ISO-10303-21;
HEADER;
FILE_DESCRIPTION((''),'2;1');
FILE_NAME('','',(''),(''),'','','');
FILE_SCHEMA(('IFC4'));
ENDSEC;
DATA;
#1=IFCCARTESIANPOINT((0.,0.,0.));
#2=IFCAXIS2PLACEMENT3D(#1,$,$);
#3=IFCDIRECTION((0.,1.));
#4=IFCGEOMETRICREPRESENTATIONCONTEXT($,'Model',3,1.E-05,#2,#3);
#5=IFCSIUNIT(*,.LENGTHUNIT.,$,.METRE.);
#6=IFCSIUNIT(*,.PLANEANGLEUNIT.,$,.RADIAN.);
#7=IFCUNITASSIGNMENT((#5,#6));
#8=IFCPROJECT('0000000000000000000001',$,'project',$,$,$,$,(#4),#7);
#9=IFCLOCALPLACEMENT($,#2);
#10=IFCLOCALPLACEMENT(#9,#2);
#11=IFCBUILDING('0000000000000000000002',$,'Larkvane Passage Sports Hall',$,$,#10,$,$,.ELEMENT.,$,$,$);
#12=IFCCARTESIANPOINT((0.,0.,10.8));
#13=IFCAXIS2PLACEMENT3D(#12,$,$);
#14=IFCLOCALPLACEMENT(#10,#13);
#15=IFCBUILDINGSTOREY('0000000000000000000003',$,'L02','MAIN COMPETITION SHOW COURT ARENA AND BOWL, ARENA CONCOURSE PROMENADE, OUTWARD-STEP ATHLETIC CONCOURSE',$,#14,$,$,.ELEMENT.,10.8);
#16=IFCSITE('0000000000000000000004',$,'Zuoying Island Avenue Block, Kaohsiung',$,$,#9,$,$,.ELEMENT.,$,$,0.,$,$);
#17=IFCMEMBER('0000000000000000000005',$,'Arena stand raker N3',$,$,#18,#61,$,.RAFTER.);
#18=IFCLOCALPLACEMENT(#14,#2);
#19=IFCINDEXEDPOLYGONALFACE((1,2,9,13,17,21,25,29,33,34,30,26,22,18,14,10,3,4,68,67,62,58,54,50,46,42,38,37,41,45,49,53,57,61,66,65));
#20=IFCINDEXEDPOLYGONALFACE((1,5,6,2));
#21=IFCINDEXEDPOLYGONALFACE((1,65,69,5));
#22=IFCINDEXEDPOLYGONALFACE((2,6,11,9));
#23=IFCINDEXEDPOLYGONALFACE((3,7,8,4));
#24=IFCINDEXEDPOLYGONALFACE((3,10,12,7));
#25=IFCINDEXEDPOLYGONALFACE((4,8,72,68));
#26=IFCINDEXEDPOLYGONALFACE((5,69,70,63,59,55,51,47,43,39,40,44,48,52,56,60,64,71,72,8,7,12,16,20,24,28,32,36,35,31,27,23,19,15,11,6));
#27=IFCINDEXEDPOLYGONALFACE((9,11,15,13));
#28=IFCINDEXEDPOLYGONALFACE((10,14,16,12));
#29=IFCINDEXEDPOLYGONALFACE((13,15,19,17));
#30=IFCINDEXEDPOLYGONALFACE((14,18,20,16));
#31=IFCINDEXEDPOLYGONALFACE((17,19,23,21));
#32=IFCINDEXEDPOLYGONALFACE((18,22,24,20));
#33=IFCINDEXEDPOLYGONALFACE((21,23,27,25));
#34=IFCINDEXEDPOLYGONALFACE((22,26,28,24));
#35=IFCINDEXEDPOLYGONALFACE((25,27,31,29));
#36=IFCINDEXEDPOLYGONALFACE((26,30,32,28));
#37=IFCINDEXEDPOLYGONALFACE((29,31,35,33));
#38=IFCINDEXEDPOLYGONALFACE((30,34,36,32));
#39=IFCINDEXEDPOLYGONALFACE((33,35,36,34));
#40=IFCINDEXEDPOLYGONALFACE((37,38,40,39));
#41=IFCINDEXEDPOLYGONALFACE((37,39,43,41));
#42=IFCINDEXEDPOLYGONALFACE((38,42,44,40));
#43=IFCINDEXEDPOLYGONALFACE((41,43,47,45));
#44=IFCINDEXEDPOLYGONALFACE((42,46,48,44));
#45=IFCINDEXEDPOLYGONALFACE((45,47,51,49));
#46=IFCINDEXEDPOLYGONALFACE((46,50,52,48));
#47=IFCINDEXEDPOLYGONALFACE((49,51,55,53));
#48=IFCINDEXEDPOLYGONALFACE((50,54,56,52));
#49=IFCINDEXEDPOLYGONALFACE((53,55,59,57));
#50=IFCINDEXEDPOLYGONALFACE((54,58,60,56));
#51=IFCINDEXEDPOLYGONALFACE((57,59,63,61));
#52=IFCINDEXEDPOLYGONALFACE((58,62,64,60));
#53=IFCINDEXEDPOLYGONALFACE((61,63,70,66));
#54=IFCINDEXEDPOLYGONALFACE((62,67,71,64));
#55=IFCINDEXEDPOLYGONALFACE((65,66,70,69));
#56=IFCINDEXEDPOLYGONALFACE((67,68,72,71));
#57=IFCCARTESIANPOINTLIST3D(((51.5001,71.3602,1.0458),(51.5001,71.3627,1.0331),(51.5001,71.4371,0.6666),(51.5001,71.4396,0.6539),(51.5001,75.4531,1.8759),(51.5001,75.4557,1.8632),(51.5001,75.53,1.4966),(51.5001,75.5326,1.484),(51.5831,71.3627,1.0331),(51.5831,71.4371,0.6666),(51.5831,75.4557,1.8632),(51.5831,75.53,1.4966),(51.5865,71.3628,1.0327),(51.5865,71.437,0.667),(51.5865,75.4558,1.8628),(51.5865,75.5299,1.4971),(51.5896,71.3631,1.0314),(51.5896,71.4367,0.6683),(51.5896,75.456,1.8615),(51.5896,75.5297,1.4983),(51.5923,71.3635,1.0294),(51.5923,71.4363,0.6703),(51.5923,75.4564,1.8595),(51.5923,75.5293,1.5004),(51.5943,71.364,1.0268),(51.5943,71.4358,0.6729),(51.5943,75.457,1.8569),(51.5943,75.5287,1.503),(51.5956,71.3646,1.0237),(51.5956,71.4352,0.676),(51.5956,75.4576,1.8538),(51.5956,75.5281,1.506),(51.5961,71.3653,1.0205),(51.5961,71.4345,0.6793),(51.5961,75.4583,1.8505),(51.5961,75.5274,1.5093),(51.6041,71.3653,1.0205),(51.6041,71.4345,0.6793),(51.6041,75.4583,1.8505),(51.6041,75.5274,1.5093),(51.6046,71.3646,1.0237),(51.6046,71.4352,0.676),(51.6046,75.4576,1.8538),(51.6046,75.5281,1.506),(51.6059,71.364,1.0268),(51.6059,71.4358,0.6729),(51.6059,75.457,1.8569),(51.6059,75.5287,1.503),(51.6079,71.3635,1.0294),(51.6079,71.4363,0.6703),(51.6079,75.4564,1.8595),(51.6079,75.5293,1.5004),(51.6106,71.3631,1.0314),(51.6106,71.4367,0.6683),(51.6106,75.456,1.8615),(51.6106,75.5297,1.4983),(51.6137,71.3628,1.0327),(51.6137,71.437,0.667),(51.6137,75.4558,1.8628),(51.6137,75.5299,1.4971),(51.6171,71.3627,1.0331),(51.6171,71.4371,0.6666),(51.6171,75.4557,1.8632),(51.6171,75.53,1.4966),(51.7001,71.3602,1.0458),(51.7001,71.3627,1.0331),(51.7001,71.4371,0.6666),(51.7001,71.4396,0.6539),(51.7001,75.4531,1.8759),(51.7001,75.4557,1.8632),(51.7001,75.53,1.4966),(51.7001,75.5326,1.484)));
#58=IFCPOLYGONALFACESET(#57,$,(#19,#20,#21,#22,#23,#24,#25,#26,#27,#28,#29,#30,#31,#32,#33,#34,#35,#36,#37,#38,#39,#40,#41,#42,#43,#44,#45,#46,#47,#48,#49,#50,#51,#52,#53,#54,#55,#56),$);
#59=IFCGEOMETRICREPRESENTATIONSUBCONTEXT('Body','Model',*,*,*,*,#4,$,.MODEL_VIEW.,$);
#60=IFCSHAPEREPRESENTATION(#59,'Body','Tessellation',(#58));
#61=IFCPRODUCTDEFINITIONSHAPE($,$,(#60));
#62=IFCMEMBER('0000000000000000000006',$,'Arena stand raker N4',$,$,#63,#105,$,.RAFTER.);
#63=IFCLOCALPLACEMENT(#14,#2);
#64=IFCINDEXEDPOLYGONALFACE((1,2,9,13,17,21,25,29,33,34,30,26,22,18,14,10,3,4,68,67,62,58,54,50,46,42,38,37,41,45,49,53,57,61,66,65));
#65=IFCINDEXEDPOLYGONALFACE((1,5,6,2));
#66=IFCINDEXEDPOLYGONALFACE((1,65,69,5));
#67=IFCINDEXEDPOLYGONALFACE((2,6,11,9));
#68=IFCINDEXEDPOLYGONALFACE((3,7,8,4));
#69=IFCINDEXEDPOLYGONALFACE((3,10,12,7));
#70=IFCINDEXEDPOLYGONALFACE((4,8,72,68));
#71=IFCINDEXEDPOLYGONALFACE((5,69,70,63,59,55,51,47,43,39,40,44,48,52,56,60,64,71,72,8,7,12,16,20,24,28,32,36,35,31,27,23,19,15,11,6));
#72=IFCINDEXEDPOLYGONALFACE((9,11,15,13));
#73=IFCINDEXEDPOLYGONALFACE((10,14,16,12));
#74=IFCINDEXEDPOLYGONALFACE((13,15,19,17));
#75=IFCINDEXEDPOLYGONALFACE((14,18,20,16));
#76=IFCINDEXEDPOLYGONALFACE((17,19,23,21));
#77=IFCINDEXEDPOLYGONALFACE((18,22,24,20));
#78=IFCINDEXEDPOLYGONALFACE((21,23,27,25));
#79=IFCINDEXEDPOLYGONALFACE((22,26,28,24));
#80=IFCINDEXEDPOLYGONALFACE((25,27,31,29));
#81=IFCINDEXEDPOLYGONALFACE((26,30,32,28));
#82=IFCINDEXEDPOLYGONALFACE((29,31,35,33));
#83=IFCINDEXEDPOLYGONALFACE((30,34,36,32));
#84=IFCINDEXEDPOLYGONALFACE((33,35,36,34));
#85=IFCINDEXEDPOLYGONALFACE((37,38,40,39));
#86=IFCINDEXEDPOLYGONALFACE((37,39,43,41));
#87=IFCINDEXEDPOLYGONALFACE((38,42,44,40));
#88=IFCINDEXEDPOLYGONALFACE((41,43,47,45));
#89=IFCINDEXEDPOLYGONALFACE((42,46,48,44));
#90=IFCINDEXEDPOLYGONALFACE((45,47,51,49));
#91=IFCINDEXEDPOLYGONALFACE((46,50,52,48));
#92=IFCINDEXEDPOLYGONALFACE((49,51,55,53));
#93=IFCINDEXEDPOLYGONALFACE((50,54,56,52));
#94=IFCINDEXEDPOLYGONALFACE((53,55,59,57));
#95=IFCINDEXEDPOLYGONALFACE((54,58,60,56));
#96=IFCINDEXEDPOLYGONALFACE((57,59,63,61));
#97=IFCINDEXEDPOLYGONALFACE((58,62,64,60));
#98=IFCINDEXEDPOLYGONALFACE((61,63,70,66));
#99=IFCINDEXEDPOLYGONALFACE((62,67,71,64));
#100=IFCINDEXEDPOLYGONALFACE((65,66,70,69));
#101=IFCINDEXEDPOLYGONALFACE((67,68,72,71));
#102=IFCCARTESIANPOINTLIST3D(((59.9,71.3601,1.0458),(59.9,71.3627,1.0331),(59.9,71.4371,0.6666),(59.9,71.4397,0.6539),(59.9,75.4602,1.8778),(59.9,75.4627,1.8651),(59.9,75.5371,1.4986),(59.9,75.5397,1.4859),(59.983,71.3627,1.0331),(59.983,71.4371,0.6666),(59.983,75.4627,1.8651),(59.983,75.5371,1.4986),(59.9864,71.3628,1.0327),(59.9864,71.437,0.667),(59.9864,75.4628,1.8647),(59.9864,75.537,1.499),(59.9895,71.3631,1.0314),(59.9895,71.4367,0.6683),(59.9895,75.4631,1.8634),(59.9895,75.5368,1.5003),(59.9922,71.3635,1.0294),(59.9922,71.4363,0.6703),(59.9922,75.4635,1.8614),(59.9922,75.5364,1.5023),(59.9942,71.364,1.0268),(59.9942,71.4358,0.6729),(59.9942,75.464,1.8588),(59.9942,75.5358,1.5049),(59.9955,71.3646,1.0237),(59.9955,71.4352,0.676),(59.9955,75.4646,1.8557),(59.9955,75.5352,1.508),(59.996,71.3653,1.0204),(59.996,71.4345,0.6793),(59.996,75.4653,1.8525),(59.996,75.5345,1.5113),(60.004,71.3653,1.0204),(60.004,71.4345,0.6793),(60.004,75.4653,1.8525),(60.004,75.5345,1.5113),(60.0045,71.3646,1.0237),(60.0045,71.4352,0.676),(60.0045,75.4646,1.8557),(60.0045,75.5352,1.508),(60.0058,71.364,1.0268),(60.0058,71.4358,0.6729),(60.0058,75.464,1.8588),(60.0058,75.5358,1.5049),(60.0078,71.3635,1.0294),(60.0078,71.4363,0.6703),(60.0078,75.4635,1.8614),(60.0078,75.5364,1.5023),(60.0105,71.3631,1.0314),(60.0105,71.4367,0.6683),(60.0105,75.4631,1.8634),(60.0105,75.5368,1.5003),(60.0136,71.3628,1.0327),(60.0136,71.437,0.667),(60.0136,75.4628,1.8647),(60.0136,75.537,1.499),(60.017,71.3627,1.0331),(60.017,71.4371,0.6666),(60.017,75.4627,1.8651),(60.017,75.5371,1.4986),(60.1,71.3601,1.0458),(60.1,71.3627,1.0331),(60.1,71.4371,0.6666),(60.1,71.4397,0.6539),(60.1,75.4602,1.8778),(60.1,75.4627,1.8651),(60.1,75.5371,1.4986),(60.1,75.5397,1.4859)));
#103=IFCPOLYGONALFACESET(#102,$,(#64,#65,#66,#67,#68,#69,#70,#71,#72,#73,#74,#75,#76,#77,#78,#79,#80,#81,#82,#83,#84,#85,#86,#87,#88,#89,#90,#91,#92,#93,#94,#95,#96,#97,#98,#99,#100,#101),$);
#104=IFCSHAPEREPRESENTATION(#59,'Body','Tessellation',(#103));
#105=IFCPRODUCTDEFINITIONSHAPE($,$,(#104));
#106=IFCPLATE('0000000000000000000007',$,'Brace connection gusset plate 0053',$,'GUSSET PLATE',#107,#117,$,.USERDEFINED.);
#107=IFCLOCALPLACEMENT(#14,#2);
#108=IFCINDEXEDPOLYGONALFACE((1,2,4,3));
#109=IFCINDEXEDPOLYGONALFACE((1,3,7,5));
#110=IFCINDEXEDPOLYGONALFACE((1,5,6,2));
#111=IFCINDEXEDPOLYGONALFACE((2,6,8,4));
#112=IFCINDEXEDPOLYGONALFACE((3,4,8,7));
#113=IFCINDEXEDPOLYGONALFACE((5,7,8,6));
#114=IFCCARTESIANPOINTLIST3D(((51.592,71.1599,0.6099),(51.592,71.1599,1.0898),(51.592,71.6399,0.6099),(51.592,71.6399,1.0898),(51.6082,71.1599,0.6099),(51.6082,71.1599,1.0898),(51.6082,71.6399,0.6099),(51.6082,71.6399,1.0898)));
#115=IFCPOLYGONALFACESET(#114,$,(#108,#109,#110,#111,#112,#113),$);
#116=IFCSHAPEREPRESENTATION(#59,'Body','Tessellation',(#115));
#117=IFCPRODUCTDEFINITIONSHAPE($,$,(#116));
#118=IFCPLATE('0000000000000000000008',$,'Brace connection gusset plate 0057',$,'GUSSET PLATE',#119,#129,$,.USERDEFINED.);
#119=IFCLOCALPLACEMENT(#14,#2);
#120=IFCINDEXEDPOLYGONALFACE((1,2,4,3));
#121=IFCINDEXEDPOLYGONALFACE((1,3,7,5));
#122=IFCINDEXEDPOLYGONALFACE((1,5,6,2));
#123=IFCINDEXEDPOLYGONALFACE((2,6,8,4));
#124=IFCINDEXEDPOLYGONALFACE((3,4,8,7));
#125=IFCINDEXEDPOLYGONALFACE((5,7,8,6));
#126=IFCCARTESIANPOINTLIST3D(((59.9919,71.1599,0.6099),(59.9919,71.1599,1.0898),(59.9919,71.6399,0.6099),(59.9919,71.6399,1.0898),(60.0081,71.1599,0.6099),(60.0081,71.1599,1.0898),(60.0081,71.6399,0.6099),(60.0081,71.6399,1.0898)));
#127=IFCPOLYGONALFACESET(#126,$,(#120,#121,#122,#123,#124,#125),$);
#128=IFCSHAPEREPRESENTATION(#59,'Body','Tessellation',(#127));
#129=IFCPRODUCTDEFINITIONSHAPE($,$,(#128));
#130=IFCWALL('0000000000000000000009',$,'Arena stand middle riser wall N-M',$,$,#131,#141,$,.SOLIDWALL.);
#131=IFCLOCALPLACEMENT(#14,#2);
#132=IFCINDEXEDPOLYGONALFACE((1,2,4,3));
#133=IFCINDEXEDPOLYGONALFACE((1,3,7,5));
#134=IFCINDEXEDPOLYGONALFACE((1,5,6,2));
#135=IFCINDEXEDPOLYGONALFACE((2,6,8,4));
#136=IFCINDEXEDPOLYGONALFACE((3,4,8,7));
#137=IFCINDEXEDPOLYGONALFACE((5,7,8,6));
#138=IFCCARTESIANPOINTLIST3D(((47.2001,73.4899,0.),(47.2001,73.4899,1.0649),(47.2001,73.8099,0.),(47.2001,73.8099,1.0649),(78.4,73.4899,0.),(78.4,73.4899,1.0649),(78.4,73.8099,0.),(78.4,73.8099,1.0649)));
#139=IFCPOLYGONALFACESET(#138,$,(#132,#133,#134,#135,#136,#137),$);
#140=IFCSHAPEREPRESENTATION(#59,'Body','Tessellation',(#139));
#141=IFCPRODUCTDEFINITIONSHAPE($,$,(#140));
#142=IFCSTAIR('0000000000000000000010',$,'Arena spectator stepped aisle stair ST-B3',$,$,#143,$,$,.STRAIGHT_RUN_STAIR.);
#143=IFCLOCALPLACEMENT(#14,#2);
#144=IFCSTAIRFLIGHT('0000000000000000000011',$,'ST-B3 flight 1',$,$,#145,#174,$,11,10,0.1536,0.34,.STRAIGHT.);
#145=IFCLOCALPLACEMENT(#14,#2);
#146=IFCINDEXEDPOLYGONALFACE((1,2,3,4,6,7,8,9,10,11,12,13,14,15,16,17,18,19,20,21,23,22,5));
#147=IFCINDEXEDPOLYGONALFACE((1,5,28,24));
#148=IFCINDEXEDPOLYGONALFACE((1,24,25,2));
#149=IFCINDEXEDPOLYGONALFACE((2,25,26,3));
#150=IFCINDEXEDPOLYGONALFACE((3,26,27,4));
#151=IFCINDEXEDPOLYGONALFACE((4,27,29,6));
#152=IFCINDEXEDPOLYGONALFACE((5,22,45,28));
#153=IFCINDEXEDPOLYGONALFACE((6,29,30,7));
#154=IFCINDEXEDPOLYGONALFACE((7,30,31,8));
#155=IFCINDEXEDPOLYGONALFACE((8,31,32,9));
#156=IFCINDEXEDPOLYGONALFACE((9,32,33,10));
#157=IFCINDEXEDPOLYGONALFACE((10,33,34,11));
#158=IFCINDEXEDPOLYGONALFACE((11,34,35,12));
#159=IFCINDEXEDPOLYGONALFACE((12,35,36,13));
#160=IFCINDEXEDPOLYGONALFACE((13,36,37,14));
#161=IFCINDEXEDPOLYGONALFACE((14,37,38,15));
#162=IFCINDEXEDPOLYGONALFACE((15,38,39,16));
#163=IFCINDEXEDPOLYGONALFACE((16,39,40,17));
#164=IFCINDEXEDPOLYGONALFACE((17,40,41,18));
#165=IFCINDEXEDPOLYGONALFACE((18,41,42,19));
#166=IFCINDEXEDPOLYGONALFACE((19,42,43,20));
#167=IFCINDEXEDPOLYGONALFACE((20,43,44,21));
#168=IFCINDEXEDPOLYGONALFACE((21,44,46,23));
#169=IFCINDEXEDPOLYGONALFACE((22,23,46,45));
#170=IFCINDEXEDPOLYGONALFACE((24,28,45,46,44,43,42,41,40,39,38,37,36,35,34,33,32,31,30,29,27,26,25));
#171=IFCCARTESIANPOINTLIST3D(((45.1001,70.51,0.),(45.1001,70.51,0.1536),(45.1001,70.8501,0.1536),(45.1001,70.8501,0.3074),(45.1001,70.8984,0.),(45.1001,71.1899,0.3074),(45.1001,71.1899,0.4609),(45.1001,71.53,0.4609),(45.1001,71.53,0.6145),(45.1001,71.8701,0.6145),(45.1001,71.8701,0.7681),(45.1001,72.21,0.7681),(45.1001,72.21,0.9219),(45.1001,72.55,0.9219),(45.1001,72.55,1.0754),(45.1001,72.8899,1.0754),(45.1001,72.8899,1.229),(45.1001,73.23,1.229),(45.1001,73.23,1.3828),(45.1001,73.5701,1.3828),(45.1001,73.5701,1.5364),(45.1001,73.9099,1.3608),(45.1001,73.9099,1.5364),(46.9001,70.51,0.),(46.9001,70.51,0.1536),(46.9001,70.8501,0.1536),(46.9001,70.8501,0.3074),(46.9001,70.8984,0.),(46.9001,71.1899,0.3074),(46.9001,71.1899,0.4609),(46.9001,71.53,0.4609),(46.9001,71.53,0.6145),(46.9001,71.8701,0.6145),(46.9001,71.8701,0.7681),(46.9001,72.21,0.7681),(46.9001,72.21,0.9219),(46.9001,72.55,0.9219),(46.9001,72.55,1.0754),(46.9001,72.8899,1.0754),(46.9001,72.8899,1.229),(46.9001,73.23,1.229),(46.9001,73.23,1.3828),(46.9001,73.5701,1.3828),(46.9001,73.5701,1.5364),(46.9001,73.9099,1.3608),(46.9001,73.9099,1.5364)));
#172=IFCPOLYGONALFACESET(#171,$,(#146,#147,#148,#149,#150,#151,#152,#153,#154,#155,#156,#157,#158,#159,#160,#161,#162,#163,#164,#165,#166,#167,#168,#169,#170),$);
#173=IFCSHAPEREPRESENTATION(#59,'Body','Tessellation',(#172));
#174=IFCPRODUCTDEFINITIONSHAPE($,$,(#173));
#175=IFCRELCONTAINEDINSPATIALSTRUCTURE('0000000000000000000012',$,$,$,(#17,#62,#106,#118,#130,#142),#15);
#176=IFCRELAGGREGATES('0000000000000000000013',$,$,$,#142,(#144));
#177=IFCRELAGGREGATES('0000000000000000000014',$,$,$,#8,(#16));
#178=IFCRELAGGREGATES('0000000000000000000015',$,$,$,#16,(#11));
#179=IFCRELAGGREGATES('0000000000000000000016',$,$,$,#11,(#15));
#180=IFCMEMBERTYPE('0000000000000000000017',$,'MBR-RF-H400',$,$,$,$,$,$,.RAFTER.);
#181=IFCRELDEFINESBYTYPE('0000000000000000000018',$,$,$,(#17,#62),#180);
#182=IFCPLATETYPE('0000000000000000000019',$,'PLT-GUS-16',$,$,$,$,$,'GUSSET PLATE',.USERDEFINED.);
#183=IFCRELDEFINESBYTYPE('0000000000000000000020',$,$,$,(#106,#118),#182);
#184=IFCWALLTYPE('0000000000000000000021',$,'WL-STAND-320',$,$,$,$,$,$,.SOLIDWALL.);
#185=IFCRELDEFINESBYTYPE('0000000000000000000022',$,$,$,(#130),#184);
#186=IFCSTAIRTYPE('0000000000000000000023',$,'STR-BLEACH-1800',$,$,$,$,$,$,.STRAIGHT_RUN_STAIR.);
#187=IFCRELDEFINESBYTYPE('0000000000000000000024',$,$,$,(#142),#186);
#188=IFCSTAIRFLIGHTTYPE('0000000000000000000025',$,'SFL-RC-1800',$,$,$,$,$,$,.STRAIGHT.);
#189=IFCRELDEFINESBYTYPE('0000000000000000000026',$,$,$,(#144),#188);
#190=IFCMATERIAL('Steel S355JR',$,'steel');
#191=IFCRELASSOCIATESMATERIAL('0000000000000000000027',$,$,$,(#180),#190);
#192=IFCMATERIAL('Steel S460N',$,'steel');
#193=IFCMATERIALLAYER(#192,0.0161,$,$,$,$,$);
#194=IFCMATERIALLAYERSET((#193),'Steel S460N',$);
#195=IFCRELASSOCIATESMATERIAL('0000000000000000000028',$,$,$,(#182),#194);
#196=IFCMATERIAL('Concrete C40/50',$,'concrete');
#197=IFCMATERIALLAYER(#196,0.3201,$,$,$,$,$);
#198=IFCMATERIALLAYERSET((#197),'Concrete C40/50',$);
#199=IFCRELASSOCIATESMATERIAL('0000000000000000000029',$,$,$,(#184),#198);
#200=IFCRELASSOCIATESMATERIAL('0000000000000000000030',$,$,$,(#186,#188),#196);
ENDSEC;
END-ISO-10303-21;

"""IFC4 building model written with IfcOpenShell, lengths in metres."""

from ifc_helpers import new_model, si_unit, direction, frame, frame_2d, origin, origin_2d, place, context, subcontext, project, spatial, polyline, rectangle, i_section, outline, extrude, material, layer, layer_set, material_profile, profile_set, type_object, element, aggregate, save


model = new_model("IFC4")

# Units and contexts
model_context = context("Model", 3, precision=1e-05, world=origin(), true_north=direction((0.0, 1.0)))
body_context = subcontext(model_context, "Body", "Model", "MODEL_VIEW")
ifc_project = project(units=[si_unit("LENGTHUNIT", "METRE"), si_unit("PLANEANGLEUNIT", "RADIAN")], contexts=[model_context])

# Site, building, storey
site_placement = place(None, origin())
site = spatial("IfcSite", under=ifc_project, at=site_placement, Name="Zuoying Island Avenue Block, Kaohsiung", CompositionType="ELEMENT", RefElevation=0.0)
building_placement = place(site_placement, origin())
building = spatial("IfcBuilding", under=site, at=building_placement, Name="Larkvane Passage Sports Hall", CompositionType="ELEMENT")
storey_placement = place(building_placement, frame((0.0, 0.0, 10.8)))
storey = spatial("IfcBuildingStorey", under=building, at=storey_placement, Name="L02", Description="MAIN COMPETITION SHOW COURT ARENA AND BOWL, ARENA CONCOURSE PROMENADE, OUTWARD-STEP ATHLETIC CONCOURSE", CompositionType="ELEMENT", Elevation=10.8)

# Shared definitions
ifc_material_1 = material(Name="Steel S355JR", Category="steel")
ifc_material_2 = material(Name="Steel S460N", Category="steel")

# Members
ifc_material_profile_1 = material_profile(ifc_material_1, i_section(OverallWidth=0.2, OverallDepth=0.3999, WebThickness=0.0081, FlangeThickness=0.0129, FilletRadius=0.0129, at=origin_2d()), Name="H-400x200x8x13")
ifc_profile_set_1 = profile_set([ifc_material_profile_1], Name="Steel S355JR")
member_type = type_object("IfcMemberType", Name="MBR-RF-H400", PredefinedType="RAFTER", material=ifc_profile_set_1)
member_1_placement = place(storey_placement, frame((51.6001, 71.3999, 0.8499), z_axis=(0.0, 0.980049, 0.198757), x_axis=(-1.0, 0.0, 0.0)))
element("IfcMember", 1, at=member_1_placement, inside=storey, type_object=member_type, Name="Arena stand raker N3", PredefinedType="RAFTER", context=body_context, shape_type="SweptSolid", body=[
    extrude(i_section(OverallWidth=0.2, OverallDepth=0.3999, WebThickness=0.0081, FlangeThickness=0.0129, FilletRadius=0.0129, at=origin_2d()), origin(), (0.0, 0.0, 1.0), 4.1763),
])
member_2_placement = place(storey_placement, frame((60.0, 71.3999, 0.8499), z_axis=(0.0, 0.980025, 0.198876), x_axis=(-1.0, 0.0, 0.0)))
element("IfcMember", 2, at=member_2_placement, inside=storey, type_object=member_type, Name="Arena stand raker N4", PredefinedType="RAFTER", context=body_context, shape_type="SweptSolid", body=[
    extrude(i_section(OverallWidth=0.2, OverallDepth=0.3999, WebThickness=0.0081, FlangeThickness=0.0129, FilletRadius=0.0129, at=origin_2d()), origin(), (0.0, 0.0, 1.0), 4.1836),
])

# Plates
ifc_layer_1 = layer(ifc_material_2, 0.0161)
ifc_layer_set_1 = layer_set([ifc_layer_1], Name="Steel S460N")
plate_type = type_object("IfcPlateType", Name="PLT-GUS-16", ElementType="GUSSET PLATE", PredefinedType="USERDEFINED", material=ifc_layer_set_1)
for number, where, z_axis, x_axis, name in (
    (3, (51.6001, 71.3999, 0.6099), (0.0, 0.0, 1.0), (0.0, 1.0, 0.0), "Brace connection gusset plate 0053"),
    (4, (60.0, 71.3999, 0.6099), (0.0, 0.0, 1.0), (0.0, 1.0, 0.0), "Brace connection gusset plate 0057"),
):
    element("IfcPlate", number, at=place(storey_placement, frame(where, z_axis=z_axis, x_axis=x_axis)), inside=storey, type_object=plate_type, Name=name, ObjectType="GUSSET PLATE", PredefinedType="USERDEFINED", context=body_context, shape_type="SweptSolid", body=[
        extrude(rectangle(XDim=0.48, YDim=0.0161, at=origin_2d()), origin(), (0.0, 0.0, 1.0), 0.48),
    ])

# Wall
ifc_material_3 = material(Name="Concrete C40/50", Category="concrete")
ifc_layer_2 = layer(ifc_material_3, 0.3201)
ifc_layer_set_2 = layer_set([ifc_layer_2], Name="Concrete C40/50")
wall_type = type_object("IfcWallType", Name="WL-STAND-320", PredefinedType="SOLIDWALL", material=ifc_layer_set_2)
wall_placement = place(storey_placement, frame((47.2, 73.6499, 0.0), z_axis=(0.0, 0.0, 1.0), x_axis=(1.0, 0.0, 0.0)))
element("IfcWall", 5, at=wall_placement, inside=storey, type_object=wall_type, Name="Arena stand middle riser wall N-M", PredefinedType="SOLIDWALL", context=body_context, shape_type="SweptSolid", body=[
    extrude(rectangle(XDim=31.2, YDim=0.3201, at=frame_2d((15.6001, 0.0))), origin(), (0.0, 0.0, 1.0), 1.0649),
])

# Stair, stair flight
stair_type = type_object("IfcStairType", Name="STR-BLEACH-1800", PredefinedType="STRAIGHT_RUN_STAIR", material=ifc_material_3)
stair_placement = place(storey_placement, origin())
stair = element("IfcStair", 6, at=stair_placement, inside=storey, type_object=stair_type, Name="Arena spectator stepped aisle stair ST-B3", PredefinedType="STRAIGHT_RUN_STAIR")
stair_flight_type = type_object("IfcStairFlightType", Name="SFL-RC-1800", PredefinedType="STRAIGHT", material=ifc_material_3)
stair_flight_placement = place(storey_placement, frame((46.0, 70.51, 0.0), z_axis=(0.0, 0.0, 1.0), x_axis=(0.0, 1.0, 0.0)))
stair_flight = element("IfcStairFlight", 7, at=stair_flight_placement, type_object=stair_flight_type, Name="ST-B3 flight 1", NumberOfRisers=11, NumberOfTreads=10, PredefinedType="STRAIGHT", RiserHeight=0.1536, TreadLength=0.34, context=body_context, shape_type="SweptSolid", body=[
    extrude(outline(polyline([(0.0, 0.0), (0.0, 0.1536), (0.3401, 0.1536), (0.3401, 0.3074), (0.6799, 0.3074), (0.6799, 0.4609), (1.02, 0.4609), (1.02, 0.6145), (1.3601, 0.6145), (1.3601, 0.7681), (1.7, 0.7681), (1.7, 0.9219), (2.04, 0.9219), (2.04, 1.0754), (2.3799, 1.0754), (2.3799, 1.229), (2.72, 1.229), (2.72, 1.3828), (3.0601, 1.3828), (3.0601, 1.5364), (3.3999, 1.5364), (3.3999, 1.6899), (3.3999, 1.3608), (0.3884, 0.0), (0.0, 0.0)])), frame((0.0, 0.8999, 0.0), z_axis=(0.0, -1.0, 0.0), x_axis=(1.0, 0.0, 0.0)), (0.0, 0.0, 1.0), 1.8),
])
aggregate(stair, [stair_flight])

save(model, "model.ifc")
